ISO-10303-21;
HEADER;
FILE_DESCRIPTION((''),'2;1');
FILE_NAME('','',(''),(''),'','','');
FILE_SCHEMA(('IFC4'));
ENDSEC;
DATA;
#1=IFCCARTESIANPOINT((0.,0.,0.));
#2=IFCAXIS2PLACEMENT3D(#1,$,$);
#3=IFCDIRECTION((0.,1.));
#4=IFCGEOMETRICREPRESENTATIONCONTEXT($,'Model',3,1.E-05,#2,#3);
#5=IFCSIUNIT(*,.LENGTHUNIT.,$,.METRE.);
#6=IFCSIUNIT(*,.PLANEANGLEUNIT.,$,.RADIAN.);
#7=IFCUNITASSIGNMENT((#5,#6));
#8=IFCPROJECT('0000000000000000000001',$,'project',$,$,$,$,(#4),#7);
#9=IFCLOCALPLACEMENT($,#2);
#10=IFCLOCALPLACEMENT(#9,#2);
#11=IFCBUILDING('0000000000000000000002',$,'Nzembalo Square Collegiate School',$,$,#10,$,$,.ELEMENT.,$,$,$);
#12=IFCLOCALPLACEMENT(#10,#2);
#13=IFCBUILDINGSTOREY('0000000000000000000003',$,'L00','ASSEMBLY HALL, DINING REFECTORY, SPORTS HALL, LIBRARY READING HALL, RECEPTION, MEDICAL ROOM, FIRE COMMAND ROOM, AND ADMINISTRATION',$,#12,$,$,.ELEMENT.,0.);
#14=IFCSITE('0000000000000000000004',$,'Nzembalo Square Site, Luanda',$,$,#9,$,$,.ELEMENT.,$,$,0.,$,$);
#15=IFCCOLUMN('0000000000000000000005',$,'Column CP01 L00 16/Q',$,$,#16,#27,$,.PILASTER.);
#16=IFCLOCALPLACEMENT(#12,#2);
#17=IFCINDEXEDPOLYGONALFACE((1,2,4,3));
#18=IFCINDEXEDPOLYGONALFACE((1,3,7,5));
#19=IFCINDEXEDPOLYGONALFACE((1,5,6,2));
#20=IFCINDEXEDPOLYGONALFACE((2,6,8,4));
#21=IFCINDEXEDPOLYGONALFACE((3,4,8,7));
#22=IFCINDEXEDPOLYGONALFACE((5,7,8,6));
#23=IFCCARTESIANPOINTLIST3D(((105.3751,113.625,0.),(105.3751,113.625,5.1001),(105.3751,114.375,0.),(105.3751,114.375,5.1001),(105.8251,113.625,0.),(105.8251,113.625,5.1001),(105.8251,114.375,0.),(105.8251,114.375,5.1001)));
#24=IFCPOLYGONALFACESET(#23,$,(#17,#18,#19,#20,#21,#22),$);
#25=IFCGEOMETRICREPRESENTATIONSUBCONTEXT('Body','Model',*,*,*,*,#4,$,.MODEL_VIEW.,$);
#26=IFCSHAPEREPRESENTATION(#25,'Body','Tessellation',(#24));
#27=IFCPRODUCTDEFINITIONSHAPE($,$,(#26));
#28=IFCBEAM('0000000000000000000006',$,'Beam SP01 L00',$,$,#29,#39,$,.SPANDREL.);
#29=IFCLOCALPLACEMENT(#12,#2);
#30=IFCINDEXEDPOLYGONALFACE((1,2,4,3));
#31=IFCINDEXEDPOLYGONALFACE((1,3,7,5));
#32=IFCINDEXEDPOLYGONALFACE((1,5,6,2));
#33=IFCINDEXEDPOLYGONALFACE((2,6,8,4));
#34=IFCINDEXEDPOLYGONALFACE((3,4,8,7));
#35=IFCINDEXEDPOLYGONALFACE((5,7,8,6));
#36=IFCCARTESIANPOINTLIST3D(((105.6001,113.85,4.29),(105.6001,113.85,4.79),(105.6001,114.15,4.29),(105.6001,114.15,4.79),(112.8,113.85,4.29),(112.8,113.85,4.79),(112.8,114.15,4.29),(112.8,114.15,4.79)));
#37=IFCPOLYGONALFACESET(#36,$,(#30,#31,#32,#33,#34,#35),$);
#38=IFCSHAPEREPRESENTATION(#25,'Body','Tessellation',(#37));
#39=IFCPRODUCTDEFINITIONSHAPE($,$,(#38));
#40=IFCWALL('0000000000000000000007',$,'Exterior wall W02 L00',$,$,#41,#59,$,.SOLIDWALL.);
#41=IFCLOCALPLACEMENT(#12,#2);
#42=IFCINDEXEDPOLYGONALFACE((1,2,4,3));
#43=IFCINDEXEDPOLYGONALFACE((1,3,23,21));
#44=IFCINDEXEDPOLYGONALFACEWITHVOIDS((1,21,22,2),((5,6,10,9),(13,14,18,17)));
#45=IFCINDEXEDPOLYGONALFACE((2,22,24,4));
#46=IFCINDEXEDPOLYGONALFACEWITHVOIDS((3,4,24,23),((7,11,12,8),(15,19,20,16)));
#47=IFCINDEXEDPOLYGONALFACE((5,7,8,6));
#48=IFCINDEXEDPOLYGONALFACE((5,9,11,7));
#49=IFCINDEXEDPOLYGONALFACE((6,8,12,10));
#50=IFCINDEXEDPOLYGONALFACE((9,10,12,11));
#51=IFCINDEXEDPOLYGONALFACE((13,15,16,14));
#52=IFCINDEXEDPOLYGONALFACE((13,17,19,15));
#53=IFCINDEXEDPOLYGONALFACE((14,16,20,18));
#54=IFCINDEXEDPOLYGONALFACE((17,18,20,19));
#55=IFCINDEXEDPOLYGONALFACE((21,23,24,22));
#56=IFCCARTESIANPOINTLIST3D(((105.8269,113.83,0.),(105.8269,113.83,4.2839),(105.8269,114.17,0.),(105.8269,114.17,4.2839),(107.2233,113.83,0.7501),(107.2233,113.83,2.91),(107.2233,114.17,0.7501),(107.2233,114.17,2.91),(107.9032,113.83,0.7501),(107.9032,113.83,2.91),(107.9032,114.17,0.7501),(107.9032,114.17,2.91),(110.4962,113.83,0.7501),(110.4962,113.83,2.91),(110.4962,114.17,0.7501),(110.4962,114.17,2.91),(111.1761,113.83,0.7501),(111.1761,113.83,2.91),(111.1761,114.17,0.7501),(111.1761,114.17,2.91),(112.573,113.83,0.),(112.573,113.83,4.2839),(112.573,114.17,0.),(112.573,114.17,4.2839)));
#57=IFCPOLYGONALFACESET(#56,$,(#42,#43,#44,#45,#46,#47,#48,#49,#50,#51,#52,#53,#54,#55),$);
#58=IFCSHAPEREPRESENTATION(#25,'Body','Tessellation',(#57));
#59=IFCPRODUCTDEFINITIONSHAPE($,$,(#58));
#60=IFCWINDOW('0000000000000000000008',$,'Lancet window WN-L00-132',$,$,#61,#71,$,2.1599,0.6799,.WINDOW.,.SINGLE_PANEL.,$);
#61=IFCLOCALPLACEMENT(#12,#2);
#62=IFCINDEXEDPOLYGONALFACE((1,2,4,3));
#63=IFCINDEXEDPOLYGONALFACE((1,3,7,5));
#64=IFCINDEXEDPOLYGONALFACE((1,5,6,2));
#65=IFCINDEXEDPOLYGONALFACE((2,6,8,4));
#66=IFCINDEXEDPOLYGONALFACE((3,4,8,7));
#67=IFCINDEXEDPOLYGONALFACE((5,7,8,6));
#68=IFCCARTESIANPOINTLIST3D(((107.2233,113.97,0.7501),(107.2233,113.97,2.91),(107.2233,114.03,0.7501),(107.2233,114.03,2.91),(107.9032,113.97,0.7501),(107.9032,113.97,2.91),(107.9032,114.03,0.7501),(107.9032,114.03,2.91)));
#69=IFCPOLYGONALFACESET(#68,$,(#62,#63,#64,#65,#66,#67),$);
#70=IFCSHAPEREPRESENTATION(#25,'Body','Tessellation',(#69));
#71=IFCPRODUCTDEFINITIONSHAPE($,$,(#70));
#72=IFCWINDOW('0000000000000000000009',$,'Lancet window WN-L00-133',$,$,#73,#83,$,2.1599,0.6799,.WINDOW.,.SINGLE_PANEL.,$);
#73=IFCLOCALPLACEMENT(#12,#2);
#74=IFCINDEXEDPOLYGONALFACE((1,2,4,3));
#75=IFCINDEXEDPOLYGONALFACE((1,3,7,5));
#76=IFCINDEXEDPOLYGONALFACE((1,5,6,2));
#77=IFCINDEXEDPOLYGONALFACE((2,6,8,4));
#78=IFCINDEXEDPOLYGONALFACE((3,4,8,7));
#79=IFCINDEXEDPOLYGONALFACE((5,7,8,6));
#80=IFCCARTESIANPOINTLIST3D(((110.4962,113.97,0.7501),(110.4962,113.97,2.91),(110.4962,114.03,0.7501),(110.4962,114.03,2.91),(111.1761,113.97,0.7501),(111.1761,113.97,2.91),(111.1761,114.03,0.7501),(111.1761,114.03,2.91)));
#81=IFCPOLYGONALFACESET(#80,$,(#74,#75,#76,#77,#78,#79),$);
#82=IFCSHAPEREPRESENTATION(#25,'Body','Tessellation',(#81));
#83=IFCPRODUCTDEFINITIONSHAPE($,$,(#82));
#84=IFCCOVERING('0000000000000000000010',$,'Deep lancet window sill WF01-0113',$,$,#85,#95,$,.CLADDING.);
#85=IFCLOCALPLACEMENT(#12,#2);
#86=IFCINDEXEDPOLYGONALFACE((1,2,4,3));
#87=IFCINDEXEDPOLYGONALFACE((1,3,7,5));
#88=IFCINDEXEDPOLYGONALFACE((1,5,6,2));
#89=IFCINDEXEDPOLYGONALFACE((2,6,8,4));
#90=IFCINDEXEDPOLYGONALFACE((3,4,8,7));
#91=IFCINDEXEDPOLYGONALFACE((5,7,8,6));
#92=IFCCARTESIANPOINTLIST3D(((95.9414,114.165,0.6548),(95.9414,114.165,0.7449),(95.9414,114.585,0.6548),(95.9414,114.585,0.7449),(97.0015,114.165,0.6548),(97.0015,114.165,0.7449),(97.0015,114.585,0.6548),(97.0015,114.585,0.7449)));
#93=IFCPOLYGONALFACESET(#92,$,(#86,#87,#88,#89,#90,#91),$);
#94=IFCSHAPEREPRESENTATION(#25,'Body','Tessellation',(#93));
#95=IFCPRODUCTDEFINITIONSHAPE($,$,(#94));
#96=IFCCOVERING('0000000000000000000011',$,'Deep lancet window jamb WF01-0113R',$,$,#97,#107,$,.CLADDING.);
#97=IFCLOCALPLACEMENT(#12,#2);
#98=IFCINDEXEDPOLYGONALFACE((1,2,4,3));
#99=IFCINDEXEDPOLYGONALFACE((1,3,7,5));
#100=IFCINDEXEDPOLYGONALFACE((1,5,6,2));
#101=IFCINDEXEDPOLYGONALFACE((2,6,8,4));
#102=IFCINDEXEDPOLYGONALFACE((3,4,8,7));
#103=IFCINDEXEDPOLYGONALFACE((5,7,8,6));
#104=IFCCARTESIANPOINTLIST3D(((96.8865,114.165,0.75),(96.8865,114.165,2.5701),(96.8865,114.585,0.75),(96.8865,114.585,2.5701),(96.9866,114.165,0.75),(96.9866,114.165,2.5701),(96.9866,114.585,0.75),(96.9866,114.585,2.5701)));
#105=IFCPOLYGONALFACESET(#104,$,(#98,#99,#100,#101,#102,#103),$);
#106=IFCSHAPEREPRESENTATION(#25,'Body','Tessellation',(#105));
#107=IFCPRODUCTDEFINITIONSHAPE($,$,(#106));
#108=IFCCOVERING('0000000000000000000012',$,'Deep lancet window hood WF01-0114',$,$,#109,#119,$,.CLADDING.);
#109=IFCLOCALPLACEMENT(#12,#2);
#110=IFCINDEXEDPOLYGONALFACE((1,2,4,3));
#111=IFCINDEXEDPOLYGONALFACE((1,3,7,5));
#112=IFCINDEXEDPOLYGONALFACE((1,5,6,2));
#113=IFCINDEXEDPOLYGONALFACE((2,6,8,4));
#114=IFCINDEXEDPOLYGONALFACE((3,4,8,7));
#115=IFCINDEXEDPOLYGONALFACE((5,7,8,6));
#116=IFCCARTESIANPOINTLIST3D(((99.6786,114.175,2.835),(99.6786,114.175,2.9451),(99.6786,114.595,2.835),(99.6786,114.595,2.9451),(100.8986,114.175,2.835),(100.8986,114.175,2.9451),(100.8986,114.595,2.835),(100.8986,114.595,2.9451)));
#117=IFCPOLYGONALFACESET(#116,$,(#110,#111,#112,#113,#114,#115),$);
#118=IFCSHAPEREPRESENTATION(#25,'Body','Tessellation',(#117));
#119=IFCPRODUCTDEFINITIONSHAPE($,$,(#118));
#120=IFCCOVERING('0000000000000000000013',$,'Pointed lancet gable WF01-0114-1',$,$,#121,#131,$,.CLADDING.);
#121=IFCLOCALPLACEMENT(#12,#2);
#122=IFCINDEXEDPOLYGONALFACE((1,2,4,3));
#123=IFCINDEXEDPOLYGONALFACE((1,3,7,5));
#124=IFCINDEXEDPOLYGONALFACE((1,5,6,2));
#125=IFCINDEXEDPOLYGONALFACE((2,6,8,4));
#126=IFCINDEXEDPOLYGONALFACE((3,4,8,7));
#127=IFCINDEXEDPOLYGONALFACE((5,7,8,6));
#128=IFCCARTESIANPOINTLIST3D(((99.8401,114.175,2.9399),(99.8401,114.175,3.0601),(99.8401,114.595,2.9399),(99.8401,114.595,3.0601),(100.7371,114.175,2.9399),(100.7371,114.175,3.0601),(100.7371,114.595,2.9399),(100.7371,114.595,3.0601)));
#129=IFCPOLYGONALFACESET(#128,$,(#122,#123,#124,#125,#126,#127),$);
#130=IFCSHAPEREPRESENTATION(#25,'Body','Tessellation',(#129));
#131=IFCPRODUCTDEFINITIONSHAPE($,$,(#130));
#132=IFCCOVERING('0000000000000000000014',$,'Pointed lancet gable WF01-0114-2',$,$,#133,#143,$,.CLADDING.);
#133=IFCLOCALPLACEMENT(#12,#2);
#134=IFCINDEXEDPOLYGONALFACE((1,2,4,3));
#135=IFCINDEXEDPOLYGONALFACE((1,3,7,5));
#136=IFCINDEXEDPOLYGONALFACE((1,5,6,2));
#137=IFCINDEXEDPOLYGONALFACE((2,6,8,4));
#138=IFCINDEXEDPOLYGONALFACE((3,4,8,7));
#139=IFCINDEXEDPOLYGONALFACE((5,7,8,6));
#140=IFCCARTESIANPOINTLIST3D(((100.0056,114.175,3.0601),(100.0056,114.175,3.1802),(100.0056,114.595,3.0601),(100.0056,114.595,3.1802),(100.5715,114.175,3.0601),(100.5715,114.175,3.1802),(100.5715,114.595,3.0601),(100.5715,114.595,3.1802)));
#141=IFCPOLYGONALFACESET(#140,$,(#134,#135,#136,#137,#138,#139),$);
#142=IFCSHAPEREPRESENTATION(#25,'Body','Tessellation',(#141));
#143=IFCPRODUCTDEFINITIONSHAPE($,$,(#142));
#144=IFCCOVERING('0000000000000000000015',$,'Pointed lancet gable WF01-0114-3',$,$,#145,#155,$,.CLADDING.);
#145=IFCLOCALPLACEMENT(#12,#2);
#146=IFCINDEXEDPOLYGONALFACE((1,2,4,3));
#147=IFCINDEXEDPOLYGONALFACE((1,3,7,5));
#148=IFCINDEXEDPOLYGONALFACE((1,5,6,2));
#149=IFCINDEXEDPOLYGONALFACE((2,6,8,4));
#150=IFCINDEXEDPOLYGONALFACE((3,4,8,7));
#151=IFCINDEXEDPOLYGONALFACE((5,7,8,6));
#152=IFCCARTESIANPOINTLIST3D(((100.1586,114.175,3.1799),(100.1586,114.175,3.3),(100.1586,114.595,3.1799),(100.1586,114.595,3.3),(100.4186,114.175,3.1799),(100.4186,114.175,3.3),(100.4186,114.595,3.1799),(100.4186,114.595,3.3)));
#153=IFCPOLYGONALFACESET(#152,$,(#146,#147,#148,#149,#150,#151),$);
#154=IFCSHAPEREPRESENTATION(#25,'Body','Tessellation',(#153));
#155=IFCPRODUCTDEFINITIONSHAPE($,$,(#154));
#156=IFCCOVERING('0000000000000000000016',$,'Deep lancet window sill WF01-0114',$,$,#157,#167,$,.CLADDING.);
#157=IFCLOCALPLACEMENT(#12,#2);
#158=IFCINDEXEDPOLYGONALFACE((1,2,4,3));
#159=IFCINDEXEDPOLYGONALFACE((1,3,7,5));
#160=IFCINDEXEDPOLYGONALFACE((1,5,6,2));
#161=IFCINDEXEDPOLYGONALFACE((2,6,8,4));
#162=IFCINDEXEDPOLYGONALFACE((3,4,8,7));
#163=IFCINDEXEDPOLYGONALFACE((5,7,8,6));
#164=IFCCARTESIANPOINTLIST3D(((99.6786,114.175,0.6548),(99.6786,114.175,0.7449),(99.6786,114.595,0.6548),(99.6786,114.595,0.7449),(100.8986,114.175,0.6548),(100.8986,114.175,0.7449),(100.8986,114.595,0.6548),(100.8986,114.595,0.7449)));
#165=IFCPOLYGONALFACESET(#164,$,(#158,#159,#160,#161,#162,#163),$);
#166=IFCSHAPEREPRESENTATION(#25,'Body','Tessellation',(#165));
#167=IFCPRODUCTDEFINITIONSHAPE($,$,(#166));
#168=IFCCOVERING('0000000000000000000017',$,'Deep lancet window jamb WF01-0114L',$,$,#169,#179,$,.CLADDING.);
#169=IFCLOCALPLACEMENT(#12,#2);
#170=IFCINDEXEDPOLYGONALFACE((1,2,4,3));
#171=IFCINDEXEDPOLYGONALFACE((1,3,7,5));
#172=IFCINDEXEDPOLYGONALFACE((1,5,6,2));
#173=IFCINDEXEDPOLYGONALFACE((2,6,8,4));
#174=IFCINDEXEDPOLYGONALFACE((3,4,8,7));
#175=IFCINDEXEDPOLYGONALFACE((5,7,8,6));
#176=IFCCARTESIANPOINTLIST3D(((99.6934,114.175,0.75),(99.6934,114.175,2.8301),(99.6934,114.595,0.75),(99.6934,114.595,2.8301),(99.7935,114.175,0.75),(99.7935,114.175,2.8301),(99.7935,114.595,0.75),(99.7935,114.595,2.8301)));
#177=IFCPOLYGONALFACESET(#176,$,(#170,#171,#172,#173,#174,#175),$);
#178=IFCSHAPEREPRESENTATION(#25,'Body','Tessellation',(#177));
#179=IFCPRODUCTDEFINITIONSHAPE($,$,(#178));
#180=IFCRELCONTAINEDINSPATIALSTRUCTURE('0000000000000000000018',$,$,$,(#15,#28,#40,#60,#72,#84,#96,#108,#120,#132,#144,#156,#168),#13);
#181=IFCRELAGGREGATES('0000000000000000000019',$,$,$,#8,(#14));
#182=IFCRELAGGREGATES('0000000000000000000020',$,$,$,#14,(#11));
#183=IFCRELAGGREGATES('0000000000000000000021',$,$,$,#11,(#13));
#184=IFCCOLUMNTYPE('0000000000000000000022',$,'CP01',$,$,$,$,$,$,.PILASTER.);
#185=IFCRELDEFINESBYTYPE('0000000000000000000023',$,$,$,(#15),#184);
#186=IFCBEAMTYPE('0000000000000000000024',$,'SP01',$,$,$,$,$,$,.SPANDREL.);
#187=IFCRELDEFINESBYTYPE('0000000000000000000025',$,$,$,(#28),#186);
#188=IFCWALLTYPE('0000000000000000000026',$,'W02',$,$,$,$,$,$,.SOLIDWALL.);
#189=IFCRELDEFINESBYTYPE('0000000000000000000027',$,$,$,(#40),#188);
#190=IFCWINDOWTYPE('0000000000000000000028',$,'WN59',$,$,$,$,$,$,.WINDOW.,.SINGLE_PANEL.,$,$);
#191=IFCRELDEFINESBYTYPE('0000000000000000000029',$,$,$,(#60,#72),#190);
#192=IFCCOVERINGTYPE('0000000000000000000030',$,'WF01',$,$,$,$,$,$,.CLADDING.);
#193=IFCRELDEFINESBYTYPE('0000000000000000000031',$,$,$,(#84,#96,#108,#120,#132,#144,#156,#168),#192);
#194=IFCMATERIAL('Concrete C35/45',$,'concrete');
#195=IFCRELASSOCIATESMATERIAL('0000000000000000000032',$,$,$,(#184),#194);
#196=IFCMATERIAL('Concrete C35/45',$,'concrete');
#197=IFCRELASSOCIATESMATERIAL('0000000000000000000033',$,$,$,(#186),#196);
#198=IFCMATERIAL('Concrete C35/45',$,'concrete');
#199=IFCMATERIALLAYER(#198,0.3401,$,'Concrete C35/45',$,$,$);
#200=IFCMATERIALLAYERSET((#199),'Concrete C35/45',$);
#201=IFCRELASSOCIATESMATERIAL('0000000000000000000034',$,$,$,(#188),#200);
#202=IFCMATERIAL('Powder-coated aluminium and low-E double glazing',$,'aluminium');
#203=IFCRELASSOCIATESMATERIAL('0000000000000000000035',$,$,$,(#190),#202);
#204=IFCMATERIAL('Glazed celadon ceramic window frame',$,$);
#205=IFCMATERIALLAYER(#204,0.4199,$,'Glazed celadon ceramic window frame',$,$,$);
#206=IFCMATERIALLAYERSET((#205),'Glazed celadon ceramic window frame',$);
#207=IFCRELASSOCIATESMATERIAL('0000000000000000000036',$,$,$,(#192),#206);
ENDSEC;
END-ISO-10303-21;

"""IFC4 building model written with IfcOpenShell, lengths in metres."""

from ifc_helpers import new_model, si_unit, direction, frame, frame_2d, origin, origin_2d, place, context, subcontext, project, spatial, rectangle, extrude, material, layer, layer_set, material_profile, profile_set, type_object, element, fill, save


model = new_model("IFC4")

# Units and contexts
model_context = context("Model", 3, precision=1e-05, world=origin(), true_north=direction((0.0, 1.0)))
body_context = subcontext(model_context, "Body", "Model", "MODEL_VIEW")
ifc_project = project(units=[si_unit("LENGTHUNIT", "METRE"), si_unit("PLANEANGLEUNIT", "RADIAN")], contexts=[model_context])

# Site, building, storey
site_placement = place(None, origin())
site = spatial("IfcSite", under=ifc_project, at=site_placement, Name="Nzembalo Square Site, Luanda", CompositionType="ELEMENT", RefElevation=0.0)
building_placement = place(site_placement, origin())
building = spatial("IfcBuilding", under=site, at=building_placement, Name="Nzembalo Square Collegiate School", CompositionType="ELEMENT")
storey_placement = place(building_placement, origin())
storey = spatial("IfcBuildingStorey", under=building, at=storey_placement, Name="L00", Description="ASSEMBLY HALL, DINING REFECTORY, SPORTS HALL, LIBRARY READING HALL, RECEPTION, MEDICAL ROOM, FIRE COMMAND ROOM, AND ADMINISTRATION", CompositionType="ELEMENT", Elevation=0.0)

# Column
ifc_material_1 = material(Name="Concrete C35/45", Category="concrete")
ifc_material_profile_1 = material_profile(ifc_material_1, rectangle(XDim=0.45, YDim=0.75, at=origin_2d()), Name="RC 450x750")
ifc_profile_set_1 = profile_set([ifc_material_profile_1], Name="Concrete C35/45")
column_type = type_object("IfcColumnType", Name="CP01", PredefinedType="PILASTER", material=ifc_profile_set_1)
column_placement = place(storey_placement, frame((105.6001, 114.0, 0.0), z_axis=(0.0, 0.0, 1.0), x_axis=(1.0, 0.0, 0.0)))
element("IfcColumn", 1, at=column_placement, inside=storey, type_object=column_type, Name="Column CP01 L00 16/Q", PredefinedType="PILASTER", context=body_context, shape_type="SweptSolid", body=[
    extrude(rectangle(XDim=0.45, YDim=0.75, at=origin_2d()), origin(), (0.0, 0.0, 1.0), 5.1001),
])

# Beam
ifc_material_2 = material(Name="Concrete C35/45", Category="concrete")
ifc_material_profile_2 = material_profile(ifc_material_2, rectangle(XDim=0.3, YDim=0.5, at=origin_2d()), Name="RC 300x500")
ifc_profile_set_2 = profile_set([ifc_material_profile_2], Name="Concrete C35/45")
beam_type = type_object("IfcBeamType", Name="SP01", PredefinedType="SPANDREL", material=ifc_profile_set_2)
beam_placement = place(storey_placement, frame((105.6001, 114.0, 4.54), z_axis=(1.0, 0.0, 0.0), x_axis=(0.0, 1.0, 0.0)))
element("IfcBeam", 2, at=beam_placement, inside=storey, type_object=beam_type, Name="Beam SP01 L00", PredefinedType="SPANDREL", context=body_context, shape_type="SweptSolid", body=[
    extrude(rectangle(XDim=0.3, YDim=0.5, at=origin_2d()), origin(), (0.0, 0.0, 1.0), 7.2),
])

# Wall, openings, windows
ifc_material_3 = material(Name="Concrete C35/45", Category="concrete")
ifc_layer_1 = layer(ifc_material_3, 0.3401, Name="Concrete C35/45")
ifc_layer_set_1 = layer_set([ifc_layer_1], Name="Concrete C35/45")
wall_type = type_object("IfcWallType", Name="W02", PredefinedType="SOLIDWALL", material=ifc_layer_set_1)
wall_placement = place(storey_placement, frame((105.8269, 114.0, 0.0), z_axis=(0.0, 0.0, 1.0), x_axis=(1.0, 0.0, 0.0)))
wall = element("IfcWall", 3, at=wall_placement, inside=storey, type_object=wall_type, Name="Exterior wall W02 L00", PredefinedType="SOLIDWALL", context=body_context, shape_type="SweptSolid", body=[
    extrude(rectangle(XDim=6.7461, YDim=0.3401, at=frame_2d((3.373, 0.0))), origin(), (0.0, 0.0, 1.0), 4.2839),
])
opening_1_placement = place(wall_placement, frame((1.3965, 0.0, 0.75)))
opening_1 = element("IfcOpeningElement", 4, at=opening_1_placement, cuts=wall, PredefinedType="OPENING", context=body_context, shape_type="SweptSolid", body=[
    extrude(rectangle(XDim=0.6799, YDim=2.1599, at=frame_2d((0.3398, 1.0801))), frame((0.0, 0.1802, 0.0), z_axis=(0.0, -1.0, 0.0), x_axis=(1.0, 0.0, 0.0)), (0.0, 0.0, 1.0), 0.3601),
])
opening_2_placement = place(wall_placement, frame((4.6694, 0.0, 0.75)))
opening_2 = element("IfcOpeningElement", 5, at=opening_2_placement, cuts=wall, PredefinedType="OPENING", context=body_context, shape_type="SweptSolid", body=[
    extrude(rectangle(XDim=0.6799, YDim=2.1599, at=frame_2d((0.3398, 1.0801))), frame((0.0, 0.1802, 0.0), z_axis=(0.0, -1.0, 0.0), x_axis=(1.0, 0.0, 0.0)), (0.0, 0.0, 1.0), 0.3601),
])
ifc_material_4 = material(Name="Powder-coated aluminium and low-E double glazing", Category="aluminium")
window_type = type_object("IfcWindowType", Name="WN59", PartitioningType="SINGLE_PANEL", PredefinedType="WINDOW", material=ifc_material_4)
window_1_placement = place(opening_1_placement, origin())
window_1 = element("IfcWindow", 6, at=window_1_placement, inside=storey, type_object=window_type, Name="Lancet window WN-L00-132", OverallHeight=2.1599, OverallWidth=0.6799, PartitioningType="SINGLE_PANEL", PredefinedType="WINDOW", context=body_context, shape_type="SweptSolid", body=[
    extrude(rectangle(XDim=0.6799, YDim=2.1599, at=frame_2d((0.3398, 1.0801))), frame((0.0, 0.03, 0.0), z_axis=(0.0, -1.0, 0.0), x_axis=(1.0, 0.0, 0.0)), (0.0, 0.0, 1.0), 0.0601),
])
fill(opening_1, window_1)
window_2_placement = place(opening_2_placement, origin())
window_2 = element("IfcWindow", 7, at=window_2_placement, inside=storey, type_object=window_type, Name="Lancet window WN-L00-133", OverallHeight=2.1599, OverallWidth=0.6799, PartitioningType="SINGLE_PANEL", PredefinedType="WINDOW", context=body_context, shape_type="SweptSolid", body=[
    extrude(rectangle(XDim=0.6799, YDim=2.1599, at=frame_2d((0.3398, 1.0801))), frame((0.0, 0.03, 0.0), z_axis=(0.0, -1.0, 0.0), x_axis=(1.0, 0.0, 0.0)), (0.0, 0.0, 1.0), 0.0601),
])
fill(opening_2, window_2)

# Coverings
ifc_material_5 = material(Name="Glazed celadon ceramic window frame")
ifc_layer_2 = layer(ifc_material_5, 0.4199, Name="Glazed celadon ceramic window frame")
ifc_layer_set_2 = layer_set([ifc_layer_2], Name="Glazed celadon ceramic window frame")
covering_type = type_object("IfcCoveringType", Name="WF01", PredefinedType="CLADDING", material=ifc_layer_set_2)
covering_1_placement = place(storey_placement, frame((96.4714, 114.375, 0.6548), z_axis=(0.0, 0.0, 1.0), x_axis=(1.0, 0.0, 0.0)))
element("IfcCovering", 8, at=covering_1_placement, inside=storey, type_object=covering_type, Name="Deep lancet window sill WF01-0113", PredefinedType="CLADDING", context=body_context, shape_type="SweptSolid", body=[
    extrude(rectangle(XDim=1.0601, YDim=0.4199, at=origin_2d()), origin(), (0.0, 0.0, 1.0), 0.0901),
])
covering_2_placement = place(storey_placement, frame((96.9365, 114.375, 0.75), z_axis=(0.0, 0.0, 1.0), x_axis=(1.0, 0.0, 0.0)))
element("IfcCovering", 9, at=covering_2_placement, inside=storey, type_object=covering_type, Name="Deep lancet window jamb WF01-0113R", PredefinedType="CLADDING", context=body_context, shape_type="SweptSolid", body=[
    extrude(rectangle(XDim=0.1001, YDim=0.4199, at=origin_2d()), origin(), (0.0, 0.0, 1.0), 1.8201),
])
covering_3_placement = place(storey_placement, frame((100.2886, 114.385, 2.835), z_axis=(0.0, 0.0, 1.0), x_axis=(1.0, 0.0, 0.0)))
element("IfcCovering", 10, at=covering_3_placement, inside=storey, type_object=covering_type, Name="Deep lancet window hood WF01-0114", PredefinedType="CLADDING", context=body_context, shape_type="SweptSolid", body=[
    extrude(rectangle(XDim=1.22, YDim=0.4199, at=origin_2d()), origin(), (0.0, 0.0, 1.0), 0.1101),
])
covering_4_placement = place(storey_placement, frame((100.2886, 114.385, 2.9399), z_axis=(0.0, 0.0, 1.0), x_axis=(1.0, 0.0, 0.0)))
element("IfcCovering", 11, at=covering_4_placement, inside=storey, type_object=covering_type, Name="Pointed lancet gable WF01-0114-1", PredefinedType="CLADDING", context=body_context, shape_type="SweptSolid", body=[
    extrude(rectangle(XDim=0.897, YDim=0.4199, at=origin_2d()), origin(), (0.0, 0.0, 1.0), 0.1201),
])
covering_5_placement = place(storey_placement, frame((100.2886, 114.385, 3.0601), z_axis=(0.0, 0.0, 1.0), x_axis=(1.0, 0.0, 0.0)))
element("IfcCovering", 12, at=covering_5_placement, inside=storey, type_object=covering_type, Name="Pointed lancet gable WF01-0114-2", PredefinedType="CLADDING", context=body_context, shape_type="SweptSolid", body=[
    extrude(rectangle(XDim=0.5659, YDim=0.4199, at=origin_2d()), origin(), (0.0, 0.0, 1.0), 0.1201),
])
covering_6_placement = place(storey_placement, frame((100.2886, 114.385, 3.1799), z_axis=(0.0, 0.0, 1.0), x_axis=(1.0, 0.0, 0.0)))
element("IfcCovering", 13, at=covering_6_placement, inside=storey, type_object=covering_type, Name="Pointed lancet gable WF01-0114-3", PredefinedType="CLADDING", context=body_context, shape_type="SweptSolid", body=[
    extrude(rectangle(XDim=0.26, YDim=0.4199, at=origin_2d()), origin(), (0.0, 0.0, 1.0), 0.1201),
])
covering_7_placement = place(storey_placement, frame((100.2886, 114.385, 0.6548), z_axis=(0.0, 0.0, 1.0), x_axis=(1.0, 0.0, 0.0)))
element("IfcCovering", 14, at=covering_7_placement, inside=storey, type_object=covering_type, Name="Deep lancet window sill WF01-0114", PredefinedType="CLADDING", context=body_context, shape_type="SweptSolid", body=[
    extrude(rectangle(XDim=1.22, YDim=0.4199, at=origin_2d()), origin(), (0.0, 0.0, 1.0), 0.0901),
])
for number, where, z_axis, x_axis, name in (
    (15, (99.7434, 114.385, 0.75), (0.0, 0.0, 1.0), (1.0, 0.0, 0.0), "Deep lancet window jamb WF01-0114L"),
):
    element("IfcCovering", number, at=place(storey_placement, frame(where, z_axis=z_axis, x_axis=x_axis)), inside=storey, type_object=covering_type, Name=name, PredefinedType="CLADDING", context=body_context, shape_type="SweptSolid", body=[
        extrude(rectangle(XDim=0.1001, YDim=0.4199, at=origin_2d()), origin(), (0.0, 0.0, 1.0), 2.0801),
    ])

save(model, "model.ifc")
